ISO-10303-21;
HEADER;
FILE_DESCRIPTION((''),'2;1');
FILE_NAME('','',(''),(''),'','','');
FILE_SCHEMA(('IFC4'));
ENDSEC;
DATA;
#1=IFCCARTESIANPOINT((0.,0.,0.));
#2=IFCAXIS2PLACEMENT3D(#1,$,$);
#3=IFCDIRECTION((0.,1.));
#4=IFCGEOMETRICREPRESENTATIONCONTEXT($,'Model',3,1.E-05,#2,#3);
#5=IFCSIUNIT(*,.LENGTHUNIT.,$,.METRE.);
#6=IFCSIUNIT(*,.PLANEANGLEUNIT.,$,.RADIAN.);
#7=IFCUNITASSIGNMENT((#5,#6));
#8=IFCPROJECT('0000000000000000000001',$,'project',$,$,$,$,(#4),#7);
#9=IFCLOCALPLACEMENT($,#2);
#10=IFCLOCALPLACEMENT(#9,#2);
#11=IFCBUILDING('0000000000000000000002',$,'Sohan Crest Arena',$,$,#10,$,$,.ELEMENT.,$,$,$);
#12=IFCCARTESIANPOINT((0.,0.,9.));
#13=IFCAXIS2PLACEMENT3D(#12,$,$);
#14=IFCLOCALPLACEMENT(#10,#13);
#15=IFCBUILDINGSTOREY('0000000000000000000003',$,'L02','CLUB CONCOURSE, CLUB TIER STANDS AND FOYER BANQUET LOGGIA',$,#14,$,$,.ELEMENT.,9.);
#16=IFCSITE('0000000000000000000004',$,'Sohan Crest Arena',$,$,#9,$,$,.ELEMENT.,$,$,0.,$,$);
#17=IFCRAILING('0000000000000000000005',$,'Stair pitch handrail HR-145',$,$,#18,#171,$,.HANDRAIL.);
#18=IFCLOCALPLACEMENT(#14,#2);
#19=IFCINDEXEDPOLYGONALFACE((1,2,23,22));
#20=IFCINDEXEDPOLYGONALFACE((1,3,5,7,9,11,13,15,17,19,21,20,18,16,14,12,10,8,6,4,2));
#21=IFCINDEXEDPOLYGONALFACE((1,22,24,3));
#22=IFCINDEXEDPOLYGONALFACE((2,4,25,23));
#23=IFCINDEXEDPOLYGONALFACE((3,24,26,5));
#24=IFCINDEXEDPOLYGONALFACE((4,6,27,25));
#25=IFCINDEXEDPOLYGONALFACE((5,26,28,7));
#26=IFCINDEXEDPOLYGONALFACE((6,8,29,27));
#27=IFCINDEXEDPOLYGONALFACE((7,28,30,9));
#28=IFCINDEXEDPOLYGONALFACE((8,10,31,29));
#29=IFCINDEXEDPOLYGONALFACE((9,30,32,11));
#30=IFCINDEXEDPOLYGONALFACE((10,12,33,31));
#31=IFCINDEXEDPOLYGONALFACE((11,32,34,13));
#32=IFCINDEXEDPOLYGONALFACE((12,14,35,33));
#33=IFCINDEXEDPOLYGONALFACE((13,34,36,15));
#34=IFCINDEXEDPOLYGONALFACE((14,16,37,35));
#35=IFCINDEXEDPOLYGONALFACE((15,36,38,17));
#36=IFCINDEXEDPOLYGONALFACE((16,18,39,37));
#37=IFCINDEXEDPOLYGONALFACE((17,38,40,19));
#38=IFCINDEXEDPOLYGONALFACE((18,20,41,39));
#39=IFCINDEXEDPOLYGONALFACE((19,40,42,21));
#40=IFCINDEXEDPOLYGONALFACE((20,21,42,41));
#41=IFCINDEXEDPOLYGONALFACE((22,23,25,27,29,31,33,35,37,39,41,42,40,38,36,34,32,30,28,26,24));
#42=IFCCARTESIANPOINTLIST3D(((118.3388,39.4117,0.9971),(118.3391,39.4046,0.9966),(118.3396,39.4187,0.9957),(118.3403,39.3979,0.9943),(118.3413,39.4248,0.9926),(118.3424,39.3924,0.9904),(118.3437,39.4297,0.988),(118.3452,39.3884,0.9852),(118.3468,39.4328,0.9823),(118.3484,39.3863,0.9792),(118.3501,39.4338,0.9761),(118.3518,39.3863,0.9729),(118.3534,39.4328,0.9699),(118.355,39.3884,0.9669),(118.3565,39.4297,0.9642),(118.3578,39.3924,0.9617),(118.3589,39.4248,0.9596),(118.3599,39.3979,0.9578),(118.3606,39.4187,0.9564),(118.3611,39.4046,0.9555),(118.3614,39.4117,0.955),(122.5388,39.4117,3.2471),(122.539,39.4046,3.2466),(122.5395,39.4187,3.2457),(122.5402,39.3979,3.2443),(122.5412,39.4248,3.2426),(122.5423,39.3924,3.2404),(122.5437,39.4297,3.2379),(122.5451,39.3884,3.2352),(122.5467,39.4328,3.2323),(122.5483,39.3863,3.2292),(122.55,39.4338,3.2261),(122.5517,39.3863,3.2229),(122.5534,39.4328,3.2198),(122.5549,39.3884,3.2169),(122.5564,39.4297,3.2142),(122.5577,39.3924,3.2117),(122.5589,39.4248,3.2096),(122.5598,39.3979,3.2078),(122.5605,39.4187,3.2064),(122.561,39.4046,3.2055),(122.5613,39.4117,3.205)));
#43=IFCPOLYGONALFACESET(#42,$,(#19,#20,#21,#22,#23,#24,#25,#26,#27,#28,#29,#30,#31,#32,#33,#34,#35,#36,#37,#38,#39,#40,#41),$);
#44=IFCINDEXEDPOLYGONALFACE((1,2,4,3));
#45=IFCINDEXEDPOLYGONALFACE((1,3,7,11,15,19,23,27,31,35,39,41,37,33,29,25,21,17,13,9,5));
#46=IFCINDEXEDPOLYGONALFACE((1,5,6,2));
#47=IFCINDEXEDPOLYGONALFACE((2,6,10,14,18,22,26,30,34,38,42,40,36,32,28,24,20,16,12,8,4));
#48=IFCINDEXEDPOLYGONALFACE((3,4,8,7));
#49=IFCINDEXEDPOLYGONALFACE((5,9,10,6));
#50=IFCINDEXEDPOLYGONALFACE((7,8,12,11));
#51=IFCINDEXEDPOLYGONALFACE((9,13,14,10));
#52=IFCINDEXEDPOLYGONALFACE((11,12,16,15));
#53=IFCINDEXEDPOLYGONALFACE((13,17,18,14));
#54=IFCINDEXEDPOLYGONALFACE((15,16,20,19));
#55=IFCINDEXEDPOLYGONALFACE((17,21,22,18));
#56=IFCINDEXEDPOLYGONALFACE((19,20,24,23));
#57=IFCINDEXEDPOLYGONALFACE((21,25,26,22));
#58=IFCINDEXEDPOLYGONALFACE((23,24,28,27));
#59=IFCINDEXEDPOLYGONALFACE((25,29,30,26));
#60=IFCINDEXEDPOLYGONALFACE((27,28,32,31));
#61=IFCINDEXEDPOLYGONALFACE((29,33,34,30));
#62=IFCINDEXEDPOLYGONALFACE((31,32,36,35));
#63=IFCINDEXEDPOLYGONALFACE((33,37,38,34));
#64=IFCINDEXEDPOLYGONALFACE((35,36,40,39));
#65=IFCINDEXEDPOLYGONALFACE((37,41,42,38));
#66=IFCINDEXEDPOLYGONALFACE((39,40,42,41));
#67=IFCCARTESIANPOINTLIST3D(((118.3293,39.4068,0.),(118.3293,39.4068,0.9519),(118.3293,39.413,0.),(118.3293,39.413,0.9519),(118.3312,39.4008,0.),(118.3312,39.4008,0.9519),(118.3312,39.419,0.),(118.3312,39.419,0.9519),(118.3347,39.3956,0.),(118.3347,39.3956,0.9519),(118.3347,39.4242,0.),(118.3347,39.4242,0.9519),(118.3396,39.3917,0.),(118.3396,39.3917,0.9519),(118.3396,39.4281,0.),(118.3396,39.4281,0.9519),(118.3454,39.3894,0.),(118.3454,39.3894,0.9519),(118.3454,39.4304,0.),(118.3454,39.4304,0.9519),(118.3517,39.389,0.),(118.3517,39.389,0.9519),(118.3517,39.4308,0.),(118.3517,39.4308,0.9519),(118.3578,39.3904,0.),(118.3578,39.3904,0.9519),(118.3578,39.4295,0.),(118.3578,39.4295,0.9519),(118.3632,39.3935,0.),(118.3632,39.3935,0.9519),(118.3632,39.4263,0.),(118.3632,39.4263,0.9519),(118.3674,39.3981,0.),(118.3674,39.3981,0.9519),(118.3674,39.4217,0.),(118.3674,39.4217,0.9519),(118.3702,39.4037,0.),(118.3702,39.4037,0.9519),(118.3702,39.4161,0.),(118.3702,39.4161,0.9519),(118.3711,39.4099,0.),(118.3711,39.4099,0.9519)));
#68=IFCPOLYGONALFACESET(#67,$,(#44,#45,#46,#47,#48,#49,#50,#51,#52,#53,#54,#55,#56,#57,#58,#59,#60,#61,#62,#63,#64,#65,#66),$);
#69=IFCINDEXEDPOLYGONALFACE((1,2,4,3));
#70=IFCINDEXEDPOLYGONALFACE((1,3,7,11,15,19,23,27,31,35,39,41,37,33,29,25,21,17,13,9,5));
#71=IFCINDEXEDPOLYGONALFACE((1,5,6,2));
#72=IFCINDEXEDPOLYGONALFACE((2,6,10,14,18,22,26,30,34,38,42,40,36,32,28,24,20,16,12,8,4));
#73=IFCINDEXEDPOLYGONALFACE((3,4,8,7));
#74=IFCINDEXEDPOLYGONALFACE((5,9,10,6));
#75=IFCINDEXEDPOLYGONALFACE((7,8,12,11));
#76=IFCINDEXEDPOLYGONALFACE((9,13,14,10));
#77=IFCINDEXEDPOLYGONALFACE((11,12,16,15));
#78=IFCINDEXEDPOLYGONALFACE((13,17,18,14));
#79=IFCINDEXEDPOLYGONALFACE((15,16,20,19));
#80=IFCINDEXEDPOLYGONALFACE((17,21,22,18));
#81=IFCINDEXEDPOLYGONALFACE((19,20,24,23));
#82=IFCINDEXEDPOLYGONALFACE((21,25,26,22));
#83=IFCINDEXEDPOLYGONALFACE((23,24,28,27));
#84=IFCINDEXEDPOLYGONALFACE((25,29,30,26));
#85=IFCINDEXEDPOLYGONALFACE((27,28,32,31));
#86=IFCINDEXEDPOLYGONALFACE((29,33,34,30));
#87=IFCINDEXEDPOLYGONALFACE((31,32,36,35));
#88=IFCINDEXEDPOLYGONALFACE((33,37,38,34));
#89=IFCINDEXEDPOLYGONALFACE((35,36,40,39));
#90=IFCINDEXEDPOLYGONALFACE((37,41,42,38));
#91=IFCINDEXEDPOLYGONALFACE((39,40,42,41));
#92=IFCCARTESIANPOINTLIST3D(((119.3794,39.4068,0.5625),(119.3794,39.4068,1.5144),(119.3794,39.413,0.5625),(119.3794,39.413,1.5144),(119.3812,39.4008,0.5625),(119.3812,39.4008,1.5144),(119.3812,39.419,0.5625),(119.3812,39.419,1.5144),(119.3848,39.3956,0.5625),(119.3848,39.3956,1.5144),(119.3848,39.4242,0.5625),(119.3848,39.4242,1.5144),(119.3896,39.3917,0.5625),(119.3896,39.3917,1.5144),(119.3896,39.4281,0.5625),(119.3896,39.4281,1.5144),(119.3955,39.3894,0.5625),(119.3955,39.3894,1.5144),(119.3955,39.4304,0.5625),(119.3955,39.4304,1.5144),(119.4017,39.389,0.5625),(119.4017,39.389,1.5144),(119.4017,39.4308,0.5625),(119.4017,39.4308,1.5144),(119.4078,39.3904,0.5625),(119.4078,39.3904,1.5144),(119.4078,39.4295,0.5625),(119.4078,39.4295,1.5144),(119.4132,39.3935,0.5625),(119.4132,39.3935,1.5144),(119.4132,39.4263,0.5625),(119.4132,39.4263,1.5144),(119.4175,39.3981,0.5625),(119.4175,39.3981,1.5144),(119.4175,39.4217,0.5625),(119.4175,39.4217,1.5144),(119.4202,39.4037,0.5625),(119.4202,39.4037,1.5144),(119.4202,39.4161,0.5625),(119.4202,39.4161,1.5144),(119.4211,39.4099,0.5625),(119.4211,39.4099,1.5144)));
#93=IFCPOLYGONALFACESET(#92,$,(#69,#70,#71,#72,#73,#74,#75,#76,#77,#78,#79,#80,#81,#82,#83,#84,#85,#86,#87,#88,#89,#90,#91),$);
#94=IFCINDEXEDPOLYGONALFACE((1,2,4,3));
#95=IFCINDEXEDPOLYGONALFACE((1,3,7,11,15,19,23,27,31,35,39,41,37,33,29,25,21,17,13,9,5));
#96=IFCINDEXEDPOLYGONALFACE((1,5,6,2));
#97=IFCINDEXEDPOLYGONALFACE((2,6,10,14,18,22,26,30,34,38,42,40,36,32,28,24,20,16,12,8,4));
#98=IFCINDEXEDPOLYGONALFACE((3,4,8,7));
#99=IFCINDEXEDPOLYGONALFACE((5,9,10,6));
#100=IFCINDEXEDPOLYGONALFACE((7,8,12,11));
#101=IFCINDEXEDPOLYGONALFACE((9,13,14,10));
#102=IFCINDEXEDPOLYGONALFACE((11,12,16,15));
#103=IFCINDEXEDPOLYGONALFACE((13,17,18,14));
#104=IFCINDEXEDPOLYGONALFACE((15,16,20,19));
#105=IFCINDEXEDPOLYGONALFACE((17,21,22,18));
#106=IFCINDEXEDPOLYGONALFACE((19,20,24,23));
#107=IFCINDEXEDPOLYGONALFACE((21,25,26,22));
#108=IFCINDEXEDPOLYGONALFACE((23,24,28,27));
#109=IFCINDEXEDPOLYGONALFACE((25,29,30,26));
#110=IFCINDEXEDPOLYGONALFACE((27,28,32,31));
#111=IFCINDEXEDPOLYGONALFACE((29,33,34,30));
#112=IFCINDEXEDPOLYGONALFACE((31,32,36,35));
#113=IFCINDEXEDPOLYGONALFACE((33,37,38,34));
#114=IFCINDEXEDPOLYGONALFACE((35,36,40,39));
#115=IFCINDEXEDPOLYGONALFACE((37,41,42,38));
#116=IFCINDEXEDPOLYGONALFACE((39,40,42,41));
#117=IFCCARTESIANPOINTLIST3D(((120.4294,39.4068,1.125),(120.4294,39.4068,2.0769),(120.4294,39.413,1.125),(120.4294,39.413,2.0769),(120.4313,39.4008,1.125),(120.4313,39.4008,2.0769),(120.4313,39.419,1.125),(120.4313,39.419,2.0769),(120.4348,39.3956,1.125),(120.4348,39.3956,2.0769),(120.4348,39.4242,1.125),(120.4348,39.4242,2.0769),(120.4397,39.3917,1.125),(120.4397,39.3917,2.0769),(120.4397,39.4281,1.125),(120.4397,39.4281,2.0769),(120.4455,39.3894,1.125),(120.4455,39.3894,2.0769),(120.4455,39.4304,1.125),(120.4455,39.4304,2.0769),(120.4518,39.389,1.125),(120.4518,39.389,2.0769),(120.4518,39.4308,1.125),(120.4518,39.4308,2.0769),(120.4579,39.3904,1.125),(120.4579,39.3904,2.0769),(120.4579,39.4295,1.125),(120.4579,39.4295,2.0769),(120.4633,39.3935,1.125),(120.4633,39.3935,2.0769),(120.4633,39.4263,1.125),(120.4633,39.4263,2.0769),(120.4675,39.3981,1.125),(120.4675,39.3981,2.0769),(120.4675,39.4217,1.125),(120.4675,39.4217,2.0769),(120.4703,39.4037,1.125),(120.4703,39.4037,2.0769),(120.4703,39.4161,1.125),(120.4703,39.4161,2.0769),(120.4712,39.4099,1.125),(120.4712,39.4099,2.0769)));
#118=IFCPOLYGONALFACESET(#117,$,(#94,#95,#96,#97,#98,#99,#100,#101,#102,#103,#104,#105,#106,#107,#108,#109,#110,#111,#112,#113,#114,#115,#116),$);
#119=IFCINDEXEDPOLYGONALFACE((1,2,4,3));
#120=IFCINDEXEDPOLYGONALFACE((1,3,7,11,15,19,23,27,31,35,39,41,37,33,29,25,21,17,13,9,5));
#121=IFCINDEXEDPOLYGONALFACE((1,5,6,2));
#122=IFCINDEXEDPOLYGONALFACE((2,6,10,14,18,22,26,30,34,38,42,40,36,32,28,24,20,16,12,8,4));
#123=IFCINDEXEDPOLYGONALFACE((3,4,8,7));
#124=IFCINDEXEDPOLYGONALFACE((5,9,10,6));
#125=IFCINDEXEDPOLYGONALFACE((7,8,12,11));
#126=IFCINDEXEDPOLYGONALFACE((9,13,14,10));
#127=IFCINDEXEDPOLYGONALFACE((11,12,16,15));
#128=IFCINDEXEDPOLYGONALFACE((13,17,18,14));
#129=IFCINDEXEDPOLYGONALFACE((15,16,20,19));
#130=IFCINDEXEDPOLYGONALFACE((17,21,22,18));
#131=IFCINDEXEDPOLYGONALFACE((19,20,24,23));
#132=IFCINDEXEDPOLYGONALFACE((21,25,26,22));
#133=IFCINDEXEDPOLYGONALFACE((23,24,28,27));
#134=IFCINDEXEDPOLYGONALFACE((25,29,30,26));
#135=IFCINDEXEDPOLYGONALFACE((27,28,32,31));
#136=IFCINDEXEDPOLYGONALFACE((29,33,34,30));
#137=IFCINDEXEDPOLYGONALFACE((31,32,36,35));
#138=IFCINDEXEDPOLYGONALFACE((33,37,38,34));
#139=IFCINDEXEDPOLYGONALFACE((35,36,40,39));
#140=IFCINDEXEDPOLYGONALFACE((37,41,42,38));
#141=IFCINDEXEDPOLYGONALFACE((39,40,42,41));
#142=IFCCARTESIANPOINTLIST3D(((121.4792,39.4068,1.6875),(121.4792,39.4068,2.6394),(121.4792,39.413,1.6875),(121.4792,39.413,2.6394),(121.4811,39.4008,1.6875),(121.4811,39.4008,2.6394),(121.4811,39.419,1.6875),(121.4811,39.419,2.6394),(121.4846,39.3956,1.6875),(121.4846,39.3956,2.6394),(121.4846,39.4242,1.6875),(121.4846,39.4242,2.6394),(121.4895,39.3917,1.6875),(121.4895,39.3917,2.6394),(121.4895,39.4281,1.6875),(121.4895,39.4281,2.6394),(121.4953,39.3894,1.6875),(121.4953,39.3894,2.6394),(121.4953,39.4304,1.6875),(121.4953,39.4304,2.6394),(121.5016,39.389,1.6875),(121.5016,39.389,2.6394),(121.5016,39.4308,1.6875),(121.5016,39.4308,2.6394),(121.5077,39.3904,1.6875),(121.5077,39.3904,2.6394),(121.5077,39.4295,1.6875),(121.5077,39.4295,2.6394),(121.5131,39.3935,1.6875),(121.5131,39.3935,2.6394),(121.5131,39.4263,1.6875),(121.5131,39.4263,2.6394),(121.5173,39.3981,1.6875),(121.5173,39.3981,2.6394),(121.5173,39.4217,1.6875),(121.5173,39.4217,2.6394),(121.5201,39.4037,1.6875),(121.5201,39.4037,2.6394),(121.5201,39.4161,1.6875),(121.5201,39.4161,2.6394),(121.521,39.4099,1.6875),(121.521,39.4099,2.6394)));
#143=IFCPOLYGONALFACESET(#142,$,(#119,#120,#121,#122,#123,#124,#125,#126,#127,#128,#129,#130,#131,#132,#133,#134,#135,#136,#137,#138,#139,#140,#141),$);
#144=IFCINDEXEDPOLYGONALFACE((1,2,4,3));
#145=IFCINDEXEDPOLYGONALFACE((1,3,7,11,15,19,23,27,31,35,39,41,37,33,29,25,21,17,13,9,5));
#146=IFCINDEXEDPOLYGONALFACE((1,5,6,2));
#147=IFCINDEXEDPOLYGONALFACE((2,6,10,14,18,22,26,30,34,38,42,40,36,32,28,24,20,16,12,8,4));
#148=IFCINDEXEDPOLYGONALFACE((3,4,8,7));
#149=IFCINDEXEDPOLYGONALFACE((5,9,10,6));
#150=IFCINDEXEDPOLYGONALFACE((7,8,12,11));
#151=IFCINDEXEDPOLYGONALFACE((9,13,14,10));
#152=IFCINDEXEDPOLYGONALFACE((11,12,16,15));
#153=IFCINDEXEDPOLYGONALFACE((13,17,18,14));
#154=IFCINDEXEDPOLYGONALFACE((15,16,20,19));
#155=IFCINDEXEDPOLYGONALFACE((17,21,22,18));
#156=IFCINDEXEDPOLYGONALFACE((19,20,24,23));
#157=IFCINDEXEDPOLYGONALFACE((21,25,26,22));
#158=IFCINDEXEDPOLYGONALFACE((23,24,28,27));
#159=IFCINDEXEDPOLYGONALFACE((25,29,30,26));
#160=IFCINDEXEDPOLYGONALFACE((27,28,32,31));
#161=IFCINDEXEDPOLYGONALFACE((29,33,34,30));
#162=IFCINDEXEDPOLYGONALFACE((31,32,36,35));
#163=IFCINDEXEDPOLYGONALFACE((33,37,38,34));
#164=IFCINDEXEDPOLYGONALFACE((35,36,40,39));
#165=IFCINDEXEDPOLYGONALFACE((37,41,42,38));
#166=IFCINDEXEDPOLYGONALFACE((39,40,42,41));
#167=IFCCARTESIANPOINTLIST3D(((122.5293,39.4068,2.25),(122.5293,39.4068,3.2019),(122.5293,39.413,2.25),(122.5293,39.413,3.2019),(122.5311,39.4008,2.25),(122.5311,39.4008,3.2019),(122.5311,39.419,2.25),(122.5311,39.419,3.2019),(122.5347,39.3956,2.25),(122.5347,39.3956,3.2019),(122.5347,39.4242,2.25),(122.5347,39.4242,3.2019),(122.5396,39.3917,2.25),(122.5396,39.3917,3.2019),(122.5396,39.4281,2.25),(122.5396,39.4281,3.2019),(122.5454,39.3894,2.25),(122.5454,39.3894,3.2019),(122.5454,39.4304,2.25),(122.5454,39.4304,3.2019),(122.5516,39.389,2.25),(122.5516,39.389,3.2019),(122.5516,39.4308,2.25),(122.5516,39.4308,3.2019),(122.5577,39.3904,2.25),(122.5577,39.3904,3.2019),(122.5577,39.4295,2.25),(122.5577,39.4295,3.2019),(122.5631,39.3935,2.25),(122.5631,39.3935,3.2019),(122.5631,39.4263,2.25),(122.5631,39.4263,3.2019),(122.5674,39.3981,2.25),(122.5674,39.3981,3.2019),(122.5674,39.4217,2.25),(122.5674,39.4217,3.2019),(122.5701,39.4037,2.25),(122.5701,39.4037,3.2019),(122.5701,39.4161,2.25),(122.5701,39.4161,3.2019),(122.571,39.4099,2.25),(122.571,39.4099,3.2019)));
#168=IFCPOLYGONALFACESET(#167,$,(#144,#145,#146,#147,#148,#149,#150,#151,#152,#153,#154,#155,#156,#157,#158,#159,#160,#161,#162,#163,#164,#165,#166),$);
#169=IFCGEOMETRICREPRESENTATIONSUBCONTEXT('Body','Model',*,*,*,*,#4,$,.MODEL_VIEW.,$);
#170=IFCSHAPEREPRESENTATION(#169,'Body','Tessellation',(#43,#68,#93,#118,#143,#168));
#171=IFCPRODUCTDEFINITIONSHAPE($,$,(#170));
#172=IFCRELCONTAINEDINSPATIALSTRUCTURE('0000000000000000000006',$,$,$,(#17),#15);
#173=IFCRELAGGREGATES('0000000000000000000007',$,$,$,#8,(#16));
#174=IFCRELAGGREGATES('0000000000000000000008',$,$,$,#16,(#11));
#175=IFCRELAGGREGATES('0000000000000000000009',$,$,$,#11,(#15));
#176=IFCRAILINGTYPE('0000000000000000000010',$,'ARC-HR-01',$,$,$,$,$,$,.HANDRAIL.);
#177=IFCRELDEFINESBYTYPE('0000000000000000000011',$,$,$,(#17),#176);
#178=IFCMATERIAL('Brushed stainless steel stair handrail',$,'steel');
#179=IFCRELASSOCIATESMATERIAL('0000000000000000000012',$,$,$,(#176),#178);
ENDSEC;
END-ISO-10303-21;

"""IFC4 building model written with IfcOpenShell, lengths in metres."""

from ifc_helpers import new_model, si_unit, direction, frame, origin, origin_2d, place, context, subcontext, project, spatial, circle, extrude, material, type_object, element, save


model = new_model("IFC4")

# Units and contexts
model_context = context("Model", 3, precision=1e-05, world=origin(), true_north=direction((0.0, 1.0)))
body_context = subcontext(model_context, "Body", "Model", "MODEL_VIEW")
ifc_project = project(units=[si_unit("LENGTHUNIT", "METRE"), si_unit("PLANEANGLEUNIT", "RADIAN")], contexts=[model_context])

# Site, building, storey
site_placement = place(None, origin())
site = spatial("IfcSite", under=ifc_project, at=site_placement, Name="Sohan Crest Arena", CompositionType="ELEMENT", RefElevation=0.0)
building_placement = place(site_placement, origin())
building = spatial("IfcBuilding", under=site, at=building_placement, Name="Sohan Crest Arena", CompositionType="ELEMENT")
storey_placement = place(building_placement, frame((0.0, 0.0, 9.0)))
storey = spatial("IfcBuildingStorey", under=building, at=storey_placement, Name="L02", Description="CLUB CONCOURSE, CLUB TIER STANDS AND FOYER BANQUET LOGGIA", CompositionType="ELEMENT", Elevation=9.0)

# Railing
ifc_material_1 = material(Name="Brushed stainless steel stair handrail", Category="steel")
railing_type_1 = type_object("IfcRailingType", Name="ARC-HR-01", PredefinedType="HANDRAIL", material=ifc_material_1)
for number, where, name in (
    (1, (118.3501, 39.4099, 0.0), "Stair pitch handrail HR-145"),
):
    element("IfcRailing", number, at=place(storey_placement, frame(where)), inside=storey, type_object=railing_type_1, Name=name, PredefinedType="HANDRAIL", context=body_context, shape_type="SweptSolid", body=[
        extrude(circle(Radius=0.0239, at=origin_2d()), frame((0.0, 0.0, 0.9761), z_axis=(0.881478, 0.0, 0.472226), x_axis=(0.0, 1.0, 0.0)), (0.0, 0.0, 1.0), 4.7646),
        extrude(circle(Radius=0.021, at=origin_2d()), origin(), (0.0, 0.0, 1.0), 0.9519),
        extrude(circle(Radius=0.021, at=origin_2d()), frame((1.05, 0.0, 0.5625)), (0.0, 0.0, 1.0), 0.9519),
        extrude(circle(Radius=0.021, at=origin_2d()), frame((2.1001, 0.0, 1.125)), (0.0, 0.0, 1.0), 0.9519),
        extrude(circle(Radius=0.021, at=origin_2d()), frame((3.1499, 0.0, 1.6875)), (0.0, 0.0, 1.0), 0.9519),
        extrude(circle(Radius=0.021, at=origin_2d()), frame((4.2, 0.0, 2.25)), (0.0, 0.0, 1.0), 0.9519),
    ])

save(model, "model.ifc")
